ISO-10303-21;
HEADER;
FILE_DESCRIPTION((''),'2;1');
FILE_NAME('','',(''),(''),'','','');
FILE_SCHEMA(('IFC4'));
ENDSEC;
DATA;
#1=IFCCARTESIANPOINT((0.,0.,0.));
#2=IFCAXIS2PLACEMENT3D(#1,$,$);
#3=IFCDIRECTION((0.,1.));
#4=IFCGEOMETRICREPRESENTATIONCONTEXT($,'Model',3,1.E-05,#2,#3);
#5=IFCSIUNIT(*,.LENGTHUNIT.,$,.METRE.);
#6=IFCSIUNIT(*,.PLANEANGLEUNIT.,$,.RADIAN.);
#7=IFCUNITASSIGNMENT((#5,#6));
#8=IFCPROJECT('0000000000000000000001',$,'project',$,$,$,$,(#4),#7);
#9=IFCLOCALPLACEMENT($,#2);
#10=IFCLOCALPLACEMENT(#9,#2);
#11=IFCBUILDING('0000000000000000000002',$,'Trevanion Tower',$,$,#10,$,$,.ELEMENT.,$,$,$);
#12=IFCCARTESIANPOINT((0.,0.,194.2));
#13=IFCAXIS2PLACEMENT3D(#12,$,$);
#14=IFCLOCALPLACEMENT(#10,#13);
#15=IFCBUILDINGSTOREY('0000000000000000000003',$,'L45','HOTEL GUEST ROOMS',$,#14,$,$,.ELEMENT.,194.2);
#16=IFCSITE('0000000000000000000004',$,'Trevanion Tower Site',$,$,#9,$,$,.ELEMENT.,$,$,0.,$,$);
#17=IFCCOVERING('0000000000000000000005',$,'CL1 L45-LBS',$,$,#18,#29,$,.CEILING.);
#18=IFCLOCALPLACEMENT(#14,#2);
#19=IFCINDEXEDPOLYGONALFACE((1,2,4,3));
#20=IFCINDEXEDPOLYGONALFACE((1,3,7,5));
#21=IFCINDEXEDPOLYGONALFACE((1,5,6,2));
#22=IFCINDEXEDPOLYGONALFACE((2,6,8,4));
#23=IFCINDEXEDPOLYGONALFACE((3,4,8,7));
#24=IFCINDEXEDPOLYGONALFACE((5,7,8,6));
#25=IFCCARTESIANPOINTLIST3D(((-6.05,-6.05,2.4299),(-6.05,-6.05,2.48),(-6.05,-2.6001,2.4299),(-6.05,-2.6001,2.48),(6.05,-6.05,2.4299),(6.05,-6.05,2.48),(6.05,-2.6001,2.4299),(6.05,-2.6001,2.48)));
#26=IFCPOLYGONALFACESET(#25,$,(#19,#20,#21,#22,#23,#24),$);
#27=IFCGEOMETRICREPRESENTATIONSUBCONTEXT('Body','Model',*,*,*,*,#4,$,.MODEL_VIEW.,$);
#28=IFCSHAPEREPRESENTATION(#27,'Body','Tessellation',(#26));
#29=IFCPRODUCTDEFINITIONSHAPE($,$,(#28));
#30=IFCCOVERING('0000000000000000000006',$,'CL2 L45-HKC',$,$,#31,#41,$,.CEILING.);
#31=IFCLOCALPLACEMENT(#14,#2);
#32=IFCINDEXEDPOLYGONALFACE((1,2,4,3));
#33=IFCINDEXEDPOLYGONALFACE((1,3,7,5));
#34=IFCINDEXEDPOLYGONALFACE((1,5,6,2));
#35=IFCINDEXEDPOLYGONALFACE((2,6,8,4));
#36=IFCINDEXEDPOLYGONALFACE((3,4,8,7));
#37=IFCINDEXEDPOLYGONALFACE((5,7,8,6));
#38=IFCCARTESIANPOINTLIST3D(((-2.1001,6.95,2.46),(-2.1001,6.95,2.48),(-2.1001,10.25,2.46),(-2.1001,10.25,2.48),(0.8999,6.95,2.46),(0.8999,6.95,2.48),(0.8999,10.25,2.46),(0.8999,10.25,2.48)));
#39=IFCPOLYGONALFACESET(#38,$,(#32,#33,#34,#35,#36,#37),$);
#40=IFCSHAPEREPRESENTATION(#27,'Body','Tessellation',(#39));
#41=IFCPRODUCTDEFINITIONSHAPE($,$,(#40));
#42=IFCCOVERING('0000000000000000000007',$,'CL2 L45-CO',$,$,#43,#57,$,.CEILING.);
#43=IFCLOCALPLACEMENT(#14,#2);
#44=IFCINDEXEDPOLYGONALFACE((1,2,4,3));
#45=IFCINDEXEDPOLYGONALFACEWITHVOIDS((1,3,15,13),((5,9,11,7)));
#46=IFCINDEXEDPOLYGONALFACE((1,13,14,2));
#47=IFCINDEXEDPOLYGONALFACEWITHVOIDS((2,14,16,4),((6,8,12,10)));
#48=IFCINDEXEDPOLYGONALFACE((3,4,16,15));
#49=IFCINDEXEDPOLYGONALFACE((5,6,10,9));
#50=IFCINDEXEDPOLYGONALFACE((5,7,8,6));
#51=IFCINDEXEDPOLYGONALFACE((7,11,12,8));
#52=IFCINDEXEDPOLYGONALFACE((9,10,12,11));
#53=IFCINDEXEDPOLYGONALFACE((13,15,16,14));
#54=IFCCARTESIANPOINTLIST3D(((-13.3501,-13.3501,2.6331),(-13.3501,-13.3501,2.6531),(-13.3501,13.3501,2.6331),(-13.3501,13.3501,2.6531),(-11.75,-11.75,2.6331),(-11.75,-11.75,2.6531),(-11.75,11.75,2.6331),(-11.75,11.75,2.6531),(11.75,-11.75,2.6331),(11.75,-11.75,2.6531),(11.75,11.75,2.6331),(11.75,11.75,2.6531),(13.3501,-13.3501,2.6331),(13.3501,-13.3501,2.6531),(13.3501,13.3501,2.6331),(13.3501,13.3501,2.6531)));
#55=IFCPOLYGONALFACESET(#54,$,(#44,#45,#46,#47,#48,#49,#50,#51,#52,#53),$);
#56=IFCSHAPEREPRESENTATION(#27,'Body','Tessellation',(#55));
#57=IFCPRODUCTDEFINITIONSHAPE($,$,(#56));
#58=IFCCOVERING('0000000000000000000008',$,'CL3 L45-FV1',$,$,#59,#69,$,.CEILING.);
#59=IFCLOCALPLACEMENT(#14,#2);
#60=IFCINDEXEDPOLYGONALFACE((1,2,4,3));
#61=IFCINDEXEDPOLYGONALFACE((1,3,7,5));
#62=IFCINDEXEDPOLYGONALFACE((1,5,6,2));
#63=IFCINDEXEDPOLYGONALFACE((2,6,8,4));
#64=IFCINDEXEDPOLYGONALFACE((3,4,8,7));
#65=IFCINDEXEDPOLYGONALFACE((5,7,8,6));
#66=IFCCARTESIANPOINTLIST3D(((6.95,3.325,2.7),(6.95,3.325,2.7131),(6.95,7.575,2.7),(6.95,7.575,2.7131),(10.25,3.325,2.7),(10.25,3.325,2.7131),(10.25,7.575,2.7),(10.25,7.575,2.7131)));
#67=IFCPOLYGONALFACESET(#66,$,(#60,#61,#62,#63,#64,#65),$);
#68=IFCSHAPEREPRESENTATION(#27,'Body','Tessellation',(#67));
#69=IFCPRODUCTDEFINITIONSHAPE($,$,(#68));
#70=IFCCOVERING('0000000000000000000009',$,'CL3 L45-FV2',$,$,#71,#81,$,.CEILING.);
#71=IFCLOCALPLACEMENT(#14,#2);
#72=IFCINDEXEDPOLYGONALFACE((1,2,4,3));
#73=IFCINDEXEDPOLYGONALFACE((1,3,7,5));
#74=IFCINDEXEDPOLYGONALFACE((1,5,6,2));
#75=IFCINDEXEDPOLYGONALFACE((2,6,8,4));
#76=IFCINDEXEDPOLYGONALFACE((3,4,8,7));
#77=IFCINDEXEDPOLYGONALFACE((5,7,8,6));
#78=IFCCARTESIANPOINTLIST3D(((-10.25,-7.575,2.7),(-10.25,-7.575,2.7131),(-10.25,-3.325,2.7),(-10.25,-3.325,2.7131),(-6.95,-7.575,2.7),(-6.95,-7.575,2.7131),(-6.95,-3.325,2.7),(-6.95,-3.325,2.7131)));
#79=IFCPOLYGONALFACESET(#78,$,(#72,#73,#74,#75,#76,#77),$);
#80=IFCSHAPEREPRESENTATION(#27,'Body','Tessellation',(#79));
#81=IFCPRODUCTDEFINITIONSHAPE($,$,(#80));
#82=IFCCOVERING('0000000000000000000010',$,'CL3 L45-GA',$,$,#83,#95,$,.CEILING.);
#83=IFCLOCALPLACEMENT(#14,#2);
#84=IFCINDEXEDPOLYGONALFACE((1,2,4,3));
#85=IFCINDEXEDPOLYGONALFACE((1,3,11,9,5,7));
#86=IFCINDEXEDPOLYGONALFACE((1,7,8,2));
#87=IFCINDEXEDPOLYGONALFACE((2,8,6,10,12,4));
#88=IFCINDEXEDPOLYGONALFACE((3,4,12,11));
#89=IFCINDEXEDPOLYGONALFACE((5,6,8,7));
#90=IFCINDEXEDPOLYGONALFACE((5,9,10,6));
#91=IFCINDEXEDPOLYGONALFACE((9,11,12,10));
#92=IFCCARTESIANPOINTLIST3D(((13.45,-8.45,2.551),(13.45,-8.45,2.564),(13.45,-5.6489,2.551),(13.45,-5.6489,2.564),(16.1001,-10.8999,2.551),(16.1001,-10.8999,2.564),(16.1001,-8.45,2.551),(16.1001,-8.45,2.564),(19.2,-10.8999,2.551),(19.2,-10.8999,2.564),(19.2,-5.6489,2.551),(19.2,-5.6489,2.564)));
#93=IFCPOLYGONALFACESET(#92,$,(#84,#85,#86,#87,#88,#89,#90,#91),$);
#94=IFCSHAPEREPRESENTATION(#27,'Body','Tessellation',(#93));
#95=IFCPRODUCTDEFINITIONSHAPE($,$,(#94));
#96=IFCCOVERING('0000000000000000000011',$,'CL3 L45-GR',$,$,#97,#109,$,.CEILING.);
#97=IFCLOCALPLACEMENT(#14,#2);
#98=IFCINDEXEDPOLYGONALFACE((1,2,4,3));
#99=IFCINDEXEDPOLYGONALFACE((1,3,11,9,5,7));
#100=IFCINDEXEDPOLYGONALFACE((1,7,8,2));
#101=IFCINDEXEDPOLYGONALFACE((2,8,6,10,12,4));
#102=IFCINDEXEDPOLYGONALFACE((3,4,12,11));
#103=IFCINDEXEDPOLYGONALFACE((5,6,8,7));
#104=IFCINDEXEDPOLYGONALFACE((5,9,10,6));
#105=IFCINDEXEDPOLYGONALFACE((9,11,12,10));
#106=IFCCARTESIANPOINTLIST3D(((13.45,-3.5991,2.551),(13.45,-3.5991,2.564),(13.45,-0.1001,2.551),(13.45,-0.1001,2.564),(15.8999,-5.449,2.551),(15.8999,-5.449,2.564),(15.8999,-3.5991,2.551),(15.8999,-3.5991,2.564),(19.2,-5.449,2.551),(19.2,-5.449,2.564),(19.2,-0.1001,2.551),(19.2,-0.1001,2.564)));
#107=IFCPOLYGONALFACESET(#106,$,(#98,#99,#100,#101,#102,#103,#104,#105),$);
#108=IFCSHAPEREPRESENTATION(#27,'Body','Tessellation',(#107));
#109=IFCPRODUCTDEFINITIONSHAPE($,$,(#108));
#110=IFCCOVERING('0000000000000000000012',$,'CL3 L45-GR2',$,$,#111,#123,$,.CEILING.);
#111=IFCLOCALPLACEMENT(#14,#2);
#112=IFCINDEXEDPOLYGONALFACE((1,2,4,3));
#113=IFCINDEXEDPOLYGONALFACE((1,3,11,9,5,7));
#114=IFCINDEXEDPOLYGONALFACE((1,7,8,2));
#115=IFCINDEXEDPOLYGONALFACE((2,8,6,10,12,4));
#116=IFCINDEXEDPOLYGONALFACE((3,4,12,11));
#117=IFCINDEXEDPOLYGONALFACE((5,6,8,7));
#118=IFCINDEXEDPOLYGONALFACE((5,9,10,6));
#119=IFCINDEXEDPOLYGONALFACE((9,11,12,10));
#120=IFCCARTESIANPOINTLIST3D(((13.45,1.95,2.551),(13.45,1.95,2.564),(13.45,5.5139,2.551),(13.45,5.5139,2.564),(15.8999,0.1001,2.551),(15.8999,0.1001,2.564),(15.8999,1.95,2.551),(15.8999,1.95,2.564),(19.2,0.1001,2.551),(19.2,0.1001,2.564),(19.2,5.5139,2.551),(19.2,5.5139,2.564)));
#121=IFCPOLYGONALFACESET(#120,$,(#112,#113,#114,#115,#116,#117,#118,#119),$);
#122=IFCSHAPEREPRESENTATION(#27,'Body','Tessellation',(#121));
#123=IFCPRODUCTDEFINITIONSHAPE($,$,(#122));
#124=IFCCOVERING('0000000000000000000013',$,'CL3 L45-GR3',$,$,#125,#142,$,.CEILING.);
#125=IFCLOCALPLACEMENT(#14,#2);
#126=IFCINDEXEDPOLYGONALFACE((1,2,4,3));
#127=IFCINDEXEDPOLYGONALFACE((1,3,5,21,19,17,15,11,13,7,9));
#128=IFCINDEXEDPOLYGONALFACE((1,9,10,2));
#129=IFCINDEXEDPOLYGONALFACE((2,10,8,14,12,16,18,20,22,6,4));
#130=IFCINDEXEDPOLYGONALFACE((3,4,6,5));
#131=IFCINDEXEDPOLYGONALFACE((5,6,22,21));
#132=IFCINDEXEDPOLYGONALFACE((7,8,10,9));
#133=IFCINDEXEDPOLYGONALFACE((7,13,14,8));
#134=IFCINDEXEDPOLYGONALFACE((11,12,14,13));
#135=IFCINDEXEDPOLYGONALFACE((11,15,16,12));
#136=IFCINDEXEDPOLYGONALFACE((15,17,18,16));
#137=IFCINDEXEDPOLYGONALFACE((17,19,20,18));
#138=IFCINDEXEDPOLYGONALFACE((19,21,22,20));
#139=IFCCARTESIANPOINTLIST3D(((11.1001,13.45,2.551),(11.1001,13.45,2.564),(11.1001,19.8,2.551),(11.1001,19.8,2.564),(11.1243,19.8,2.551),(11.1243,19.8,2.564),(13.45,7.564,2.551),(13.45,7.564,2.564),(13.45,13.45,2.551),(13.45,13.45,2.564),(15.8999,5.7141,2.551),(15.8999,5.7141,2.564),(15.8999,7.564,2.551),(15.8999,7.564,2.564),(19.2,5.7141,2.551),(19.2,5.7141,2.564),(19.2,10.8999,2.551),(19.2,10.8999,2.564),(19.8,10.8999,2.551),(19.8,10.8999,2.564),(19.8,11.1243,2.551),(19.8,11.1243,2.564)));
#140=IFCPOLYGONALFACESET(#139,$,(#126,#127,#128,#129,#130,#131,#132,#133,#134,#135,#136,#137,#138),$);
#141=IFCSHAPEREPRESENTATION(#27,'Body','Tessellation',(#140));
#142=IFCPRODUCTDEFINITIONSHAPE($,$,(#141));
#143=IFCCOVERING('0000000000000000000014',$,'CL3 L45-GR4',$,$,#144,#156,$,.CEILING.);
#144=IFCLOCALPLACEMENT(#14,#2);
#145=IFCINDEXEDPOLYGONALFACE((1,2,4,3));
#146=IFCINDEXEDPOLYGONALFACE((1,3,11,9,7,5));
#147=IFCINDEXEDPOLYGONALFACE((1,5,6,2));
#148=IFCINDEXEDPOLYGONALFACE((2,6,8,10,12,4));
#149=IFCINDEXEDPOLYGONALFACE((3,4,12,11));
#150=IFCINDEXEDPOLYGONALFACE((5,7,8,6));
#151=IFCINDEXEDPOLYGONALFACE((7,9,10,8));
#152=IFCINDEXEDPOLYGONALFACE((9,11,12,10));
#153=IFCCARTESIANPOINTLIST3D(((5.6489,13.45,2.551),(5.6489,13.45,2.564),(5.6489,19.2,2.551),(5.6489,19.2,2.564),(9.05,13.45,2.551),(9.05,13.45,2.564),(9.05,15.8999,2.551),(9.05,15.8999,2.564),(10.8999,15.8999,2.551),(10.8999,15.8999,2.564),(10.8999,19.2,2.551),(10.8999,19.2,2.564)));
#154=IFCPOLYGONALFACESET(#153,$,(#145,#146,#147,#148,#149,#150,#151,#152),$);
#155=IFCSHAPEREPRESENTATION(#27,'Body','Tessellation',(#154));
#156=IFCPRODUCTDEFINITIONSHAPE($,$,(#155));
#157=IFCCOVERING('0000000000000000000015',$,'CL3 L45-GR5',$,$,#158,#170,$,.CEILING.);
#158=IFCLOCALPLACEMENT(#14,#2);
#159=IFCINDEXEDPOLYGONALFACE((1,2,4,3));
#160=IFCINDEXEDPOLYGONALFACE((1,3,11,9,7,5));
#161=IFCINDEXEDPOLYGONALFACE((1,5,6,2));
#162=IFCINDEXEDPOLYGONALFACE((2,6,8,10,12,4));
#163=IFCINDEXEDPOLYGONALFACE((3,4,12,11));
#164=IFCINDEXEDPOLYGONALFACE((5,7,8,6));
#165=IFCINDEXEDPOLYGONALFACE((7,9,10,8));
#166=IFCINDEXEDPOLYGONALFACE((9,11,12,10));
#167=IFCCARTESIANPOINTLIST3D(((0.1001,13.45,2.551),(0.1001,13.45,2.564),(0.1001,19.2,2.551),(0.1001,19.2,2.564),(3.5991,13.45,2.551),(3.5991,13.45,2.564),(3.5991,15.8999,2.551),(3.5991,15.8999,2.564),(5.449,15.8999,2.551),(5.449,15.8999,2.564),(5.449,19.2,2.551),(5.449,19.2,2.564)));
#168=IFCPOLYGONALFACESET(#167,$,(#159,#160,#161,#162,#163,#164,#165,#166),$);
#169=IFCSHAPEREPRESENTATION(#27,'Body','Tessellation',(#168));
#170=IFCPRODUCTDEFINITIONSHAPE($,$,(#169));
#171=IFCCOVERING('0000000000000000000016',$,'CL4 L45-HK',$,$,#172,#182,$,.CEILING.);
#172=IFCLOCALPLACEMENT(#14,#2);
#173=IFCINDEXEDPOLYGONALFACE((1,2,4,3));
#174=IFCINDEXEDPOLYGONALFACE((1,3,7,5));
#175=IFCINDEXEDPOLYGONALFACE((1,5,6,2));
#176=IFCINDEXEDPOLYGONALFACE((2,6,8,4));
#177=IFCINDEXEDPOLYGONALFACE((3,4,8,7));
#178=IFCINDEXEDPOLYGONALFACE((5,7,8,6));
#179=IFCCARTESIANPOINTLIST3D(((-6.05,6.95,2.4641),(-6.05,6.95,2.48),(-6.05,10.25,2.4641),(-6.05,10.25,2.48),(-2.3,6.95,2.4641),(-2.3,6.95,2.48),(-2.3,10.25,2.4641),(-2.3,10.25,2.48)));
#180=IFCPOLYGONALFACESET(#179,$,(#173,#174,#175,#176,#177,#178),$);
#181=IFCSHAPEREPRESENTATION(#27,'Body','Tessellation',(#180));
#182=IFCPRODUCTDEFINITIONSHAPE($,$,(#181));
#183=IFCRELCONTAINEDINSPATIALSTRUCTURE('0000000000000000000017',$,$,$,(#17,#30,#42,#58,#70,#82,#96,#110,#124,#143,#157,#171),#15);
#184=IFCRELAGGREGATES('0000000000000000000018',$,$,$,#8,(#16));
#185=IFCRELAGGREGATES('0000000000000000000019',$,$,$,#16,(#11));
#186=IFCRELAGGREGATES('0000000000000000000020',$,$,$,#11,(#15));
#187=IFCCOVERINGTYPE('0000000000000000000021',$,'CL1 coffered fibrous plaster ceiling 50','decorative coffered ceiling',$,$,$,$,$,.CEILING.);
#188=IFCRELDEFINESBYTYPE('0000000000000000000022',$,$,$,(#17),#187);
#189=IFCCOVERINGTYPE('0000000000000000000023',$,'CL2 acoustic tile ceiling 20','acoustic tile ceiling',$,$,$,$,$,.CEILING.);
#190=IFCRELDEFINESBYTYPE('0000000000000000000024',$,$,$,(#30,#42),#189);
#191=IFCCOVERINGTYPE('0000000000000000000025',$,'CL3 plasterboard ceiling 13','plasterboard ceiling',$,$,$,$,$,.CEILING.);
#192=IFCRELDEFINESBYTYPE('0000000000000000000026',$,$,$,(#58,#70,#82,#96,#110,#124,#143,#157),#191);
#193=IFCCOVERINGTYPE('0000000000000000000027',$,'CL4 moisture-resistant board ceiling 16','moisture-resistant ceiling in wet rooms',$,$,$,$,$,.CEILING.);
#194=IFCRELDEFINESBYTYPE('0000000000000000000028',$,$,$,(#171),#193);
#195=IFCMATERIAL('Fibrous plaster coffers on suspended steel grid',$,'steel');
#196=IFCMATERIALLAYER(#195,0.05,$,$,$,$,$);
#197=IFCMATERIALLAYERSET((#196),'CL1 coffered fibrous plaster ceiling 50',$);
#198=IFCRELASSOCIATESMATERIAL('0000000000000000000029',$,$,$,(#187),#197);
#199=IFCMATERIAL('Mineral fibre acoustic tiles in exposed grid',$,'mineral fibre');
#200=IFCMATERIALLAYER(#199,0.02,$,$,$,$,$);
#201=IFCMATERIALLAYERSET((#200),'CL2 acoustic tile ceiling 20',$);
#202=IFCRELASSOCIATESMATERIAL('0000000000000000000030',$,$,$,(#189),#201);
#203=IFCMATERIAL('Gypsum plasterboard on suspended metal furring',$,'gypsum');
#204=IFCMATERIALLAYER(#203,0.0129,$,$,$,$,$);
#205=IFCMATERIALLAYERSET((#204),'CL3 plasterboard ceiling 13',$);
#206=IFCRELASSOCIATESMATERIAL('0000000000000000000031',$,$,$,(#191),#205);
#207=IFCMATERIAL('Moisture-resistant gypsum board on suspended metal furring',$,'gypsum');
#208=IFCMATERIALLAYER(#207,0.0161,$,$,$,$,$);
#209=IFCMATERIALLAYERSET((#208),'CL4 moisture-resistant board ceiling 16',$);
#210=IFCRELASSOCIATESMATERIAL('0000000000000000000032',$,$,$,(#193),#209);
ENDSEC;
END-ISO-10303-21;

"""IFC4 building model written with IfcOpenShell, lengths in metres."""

from ifc_helpers import new_model, si_unit, direction, frame, origin, place, context, subcontext, project, spatial, polyline, outline, extrude, material, layer, layer_set, type_object, element, save


model = new_model("IFC4")

# Units and contexts
model_context = context("Model", 3, precision=1e-05, world=origin(), true_north=direction((0.0, 1.0)))
body_context = subcontext(model_context, "Body", "Model", "MODEL_VIEW")
ifc_project = project(units=[si_unit("LENGTHUNIT", "METRE"), si_unit("PLANEANGLEUNIT", "RADIAN")], contexts=[model_context])

# Site, building, storey
site_placement = place(None, origin())
site = spatial("IfcSite", under=ifc_project, at=site_placement, Name="Trevanion Tower Site", CompositionType="ELEMENT", RefElevation=0.0)
building_placement = place(site_placement, origin())
building = spatial("IfcBuilding", under=site, at=building_placement, Name="Trevanion Tower", CompositionType="ELEMENT")
storey_placement = place(building_placement, frame((0.0, 0.0, 194.2)))
storey = spatial("IfcBuildingStorey", under=building, at=storey_placement, Name="L45", Description="HOTEL GUEST ROOMS", CompositionType="ELEMENT", Elevation=194.2)

# Coverings
ifc_material_1 = material(Name="Fibrous plaster coffers on suspended steel grid", Category="steel")
ifc_layer_1 = layer(ifc_material_1, 0.05)
ifc_layer_set_1 = layer_set([ifc_layer_1], Name="CL1 coffered fibrous plaster ceiling 50")
covering_type_1 = type_object("IfcCoveringType", Name="CL1 coffered fibrous plaster ceiling 50", Description="decorative coffered ceiling", PredefinedType="CEILING", material=ifc_layer_set_1)
covering_1_placement = place(storey_placement, frame((0.0, 0.0, 2.4299)))
element("IfcCovering", 1, at=covering_1_placement, inside=storey, type_object=covering_type_1, Name="CL1 L45-LBS", PredefinedType="CEILING", context=body_context, shape_type="SweptSolid", body=[
    extrude(outline(polyline([(6.05, -6.05), (6.05, -2.6001), (-6.05, -2.6001), (-6.05, -6.05), (6.05, -6.05)])), origin(), (0.0, 0.0, 1.0), 0.05),
])
ifc_material_2 = material(Name="Mineral fibre acoustic tiles in exposed grid", Category="mineral fibre")
ifc_layer_2 = layer(ifc_material_2, 0.02)
ifc_layer_set_2 = layer_set([ifc_layer_2], Name="CL2 acoustic tile ceiling 20")
covering_type_2 = type_object("IfcCoveringType", Name="CL2 acoustic tile ceiling 20", Description="acoustic tile ceiling", PredefinedType="CEILING", material=ifc_layer_set_2)
covering_2_placement = place(storey_placement, frame((0.0, 0.0, 2.46)))
element("IfcCovering", 2, at=covering_2_placement, inside=storey, type_object=covering_type_2, Name="CL2 L45-HKC", PredefinedType="CEILING", context=body_context, shape_type="SweptSolid", body=[
    extrude(outline(polyline([(0.8999, 6.95), (0.8999, 10.25), (-2.1001, 10.25), (-2.1001, 6.95), (0.8999, 6.95)])), origin(), (0.0, 0.0, 1.0), 0.02),
])
covering_3_placement = place(storey_placement, frame((0.0, 0.0, 2.6331)))
element("IfcCovering", 3, at=covering_3_placement, inside=storey, type_object=covering_type_2, Name="CL2 L45-CO", PredefinedType="CEILING", context=body_context, shape_type="SweptSolid", body=[
    extrude(outline(polyline([(-13.3501, -13.3501), (-13.3501, 13.3501), (13.3501, 13.3501), (13.3501, -13.3501), (-13.3501, -13.3501)]), holes=[polyline([(11.75, 11.75), (-11.75, 11.75), (-11.75, -11.75), (11.75, -11.75), (11.75, 11.75)])]), origin(), (0.0, 0.0, 1.0), 0.02),
])
ifc_material_3 = material(Name="Gypsum plasterboard on suspended metal furring", Category="gypsum")
ifc_layer_3 = layer(ifc_material_3, 0.0129)
ifc_layer_set_3 = layer_set([ifc_layer_3], Name="CL3 plasterboard ceiling 13")
covering_type_3 = type_object("IfcCoveringType", Name="CL3 plasterboard ceiling 13", Description="plasterboard ceiling", PredefinedType="CEILING", material=ifc_layer_set_3)
covering_4_placement = place(storey_placement, frame((0.0, 0.0, 2.7)))
element("IfcCovering", 4, at=covering_4_placement, inside=storey, type_object=covering_type_3, Name="CL3 L45-FV1", PredefinedType="CEILING", context=body_context, shape_type="SweptSolid", body=[
    extrude(outline(polyline([(10.25, 3.325), (10.25, 7.575), (6.95, 7.575), (6.95, 3.325), (10.25, 3.325)])), origin(), (0.0, 0.0, 1.0), 0.0132),
])
covering_5_placement = place(storey_placement, frame((0.0, 0.0, 2.7)))
element("IfcCovering", 5, at=covering_5_placement, inside=storey, type_object=covering_type_3, Name="CL3 L45-FV2", PredefinedType="CEILING", context=body_context, shape_type="SweptSolid", body=[
    extrude(outline(polyline([(-10.25, -3.325), (-10.25, -7.575), (-6.95, -7.575), (-6.95, -3.325), (-10.25, -3.325)])), origin(), (0.0, 0.0, 1.0), 0.0132),
])
covering_6_placement = place(storey_placement, frame((0.0, 0.0, 2.551)))
element("IfcCovering", 6, at=covering_6_placement, inside=storey, type_object=covering_type_3, Name="CL3 L45-GA", PredefinedType="CEILING", context=body_context, shape_type="SweptSolid", body=[
    extrude(outline(polyline([(13.45, -5.6489), (19.2, -5.6489), (19.2, -10.8999), (16.1001, -10.8999), (16.1001, -8.45), (13.45, -8.45), (13.45, -5.6489)])), origin(), (0.0, 0.0, 1.0), 0.0129),
])
covering_7_placement = place(storey_placement, frame((0.0, 0.0, 2.551)))
element("IfcCovering", 7, at=covering_7_placement, inside=storey, type_object=covering_type_3, Name="CL3 L45-GR", PredefinedType="CEILING", context=body_context, shape_type="SweptSolid", body=[
    extrude(outline(polyline([(13.45, -0.1001), (19.2, -0.1001), (19.2, -5.449), (15.8999, -5.449), (15.8999, -3.5991), (13.45, -3.5991), (13.45, -0.1001)])), origin(), (0.0, 0.0, 1.0), 0.0129),
])
covering_8_placement = place(storey_placement, frame((0.0, 0.0, 2.551)))
element("IfcCovering", 8, at=covering_8_placement, inside=storey, type_object=covering_type_3, Name="CL3 L45-GR2", PredefinedType="CEILING", context=body_context, shape_type="SweptSolid", body=[
    extrude(outline(polyline([(13.45, 5.5139), (19.2, 5.5139), (19.2, 0.1001), (15.8999, 0.1001), (15.8999, 1.95), (13.45, 1.95), (13.45, 5.5139)])), origin(), (0.0, 0.0, 1.0), 0.0129),
])
covering_9_placement = place(storey_placement, frame((0.0, 0.0, 2.551)))
element("IfcCovering", 9, at=covering_9_placement, inside=storey, type_object=covering_type_3, Name="CL3 L45-GR3", PredefinedType="CEILING", context=body_context, shape_type="SweptSolid", body=[
    extrude(outline(polyline([(11.1001, 13.45), (11.1001, 19.8), (11.1243, 19.8), (19.8, 11.1243), (19.8, 10.8999), (19.2, 10.8999), (19.2, 5.7141), (15.8999, 5.7141), (15.8999, 7.564), (13.45, 7.564), (13.45, 13.45), (11.1001, 13.45)])), origin(), (0.0, 0.0, 1.0), 0.0129),
])
covering_10_placement = place(storey_placement, frame((0.0, 0.0, 2.551)))
element("IfcCovering", 10, at=covering_10_placement, inside=storey, type_object=covering_type_3, Name="CL3 L45-GR4", PredefinedType="CEILING", context=body_context, shape_type="SweptSolid", body=[
    extrude(outline(polyline([(5.6489, 13.45), (5.6489, 19.2), (10.8999, 19.2), (10.8999, 15.8999), (9.05, 15.8999), (9.05, 13.45), (5.6489, 13.45)])), origin(), (0.0, 0.0, 1.0), 0.0129),
])
covering_11_placement = place(storey_placement, frame((0.0, 0.0, 2.551)))
element("IfcCovering", 11, at=covering_11_placement, inside=storey, type_object=covering_type_3, Name="CL3 L45-GR5", PredefinedType="CEILING", context=body_context, shape_type="SweptSolid", body=[
    extrude(outline(polyline([(0.1001, 13.45), (0.1001, 19.2), (5.449, 19.2), (5.449, 15.8999), (3.5991, 15.8999), (3.5991, 13.45), (0.1001, 13.45)])), origin(), (0.0, 0.0, 1.0), 0.0129),
])
ifc_material_4 = material(Name="Moisture-resistant gypsum board on suspended metal furring", Category="gypsum")
ifc_layer_4 = layer(ifc_material_4, 0.0161)
ifc_layer_set_4 = layer_set([ifc_layer_4], Name="CL4 moisture-resistant board ceiling 16")
covering_type_4 = type_object("IfcCoveringType", Name="CL4 moisture-resistant board ceiling 16", Description="moisture-resistant ceiling in wet rooms", PredefinedType="CEILING", material=ifc_layer_set_4)
covering_12_placement = place(storey_placement, frame((0.0, 0.0, 2.4641)))
element("IfcCovering", 12, at=covering_12_placement, inside=storey, type_object=covering_type_4, Name="CL4 L45-HK", PredefinedType="CEILING", context=body_context, shape_type="SweptSolid", body=[
    extrude(outline(polyline([(-2.3, 6.95), (-2.3, 10.25), (-6.05, 10.25), (-6.05, 6.95), (-2.3, 6.95)])), origin(), (0.0, 0.0, 1.0), 0.0159),
])

save(model, "model.ifc")
